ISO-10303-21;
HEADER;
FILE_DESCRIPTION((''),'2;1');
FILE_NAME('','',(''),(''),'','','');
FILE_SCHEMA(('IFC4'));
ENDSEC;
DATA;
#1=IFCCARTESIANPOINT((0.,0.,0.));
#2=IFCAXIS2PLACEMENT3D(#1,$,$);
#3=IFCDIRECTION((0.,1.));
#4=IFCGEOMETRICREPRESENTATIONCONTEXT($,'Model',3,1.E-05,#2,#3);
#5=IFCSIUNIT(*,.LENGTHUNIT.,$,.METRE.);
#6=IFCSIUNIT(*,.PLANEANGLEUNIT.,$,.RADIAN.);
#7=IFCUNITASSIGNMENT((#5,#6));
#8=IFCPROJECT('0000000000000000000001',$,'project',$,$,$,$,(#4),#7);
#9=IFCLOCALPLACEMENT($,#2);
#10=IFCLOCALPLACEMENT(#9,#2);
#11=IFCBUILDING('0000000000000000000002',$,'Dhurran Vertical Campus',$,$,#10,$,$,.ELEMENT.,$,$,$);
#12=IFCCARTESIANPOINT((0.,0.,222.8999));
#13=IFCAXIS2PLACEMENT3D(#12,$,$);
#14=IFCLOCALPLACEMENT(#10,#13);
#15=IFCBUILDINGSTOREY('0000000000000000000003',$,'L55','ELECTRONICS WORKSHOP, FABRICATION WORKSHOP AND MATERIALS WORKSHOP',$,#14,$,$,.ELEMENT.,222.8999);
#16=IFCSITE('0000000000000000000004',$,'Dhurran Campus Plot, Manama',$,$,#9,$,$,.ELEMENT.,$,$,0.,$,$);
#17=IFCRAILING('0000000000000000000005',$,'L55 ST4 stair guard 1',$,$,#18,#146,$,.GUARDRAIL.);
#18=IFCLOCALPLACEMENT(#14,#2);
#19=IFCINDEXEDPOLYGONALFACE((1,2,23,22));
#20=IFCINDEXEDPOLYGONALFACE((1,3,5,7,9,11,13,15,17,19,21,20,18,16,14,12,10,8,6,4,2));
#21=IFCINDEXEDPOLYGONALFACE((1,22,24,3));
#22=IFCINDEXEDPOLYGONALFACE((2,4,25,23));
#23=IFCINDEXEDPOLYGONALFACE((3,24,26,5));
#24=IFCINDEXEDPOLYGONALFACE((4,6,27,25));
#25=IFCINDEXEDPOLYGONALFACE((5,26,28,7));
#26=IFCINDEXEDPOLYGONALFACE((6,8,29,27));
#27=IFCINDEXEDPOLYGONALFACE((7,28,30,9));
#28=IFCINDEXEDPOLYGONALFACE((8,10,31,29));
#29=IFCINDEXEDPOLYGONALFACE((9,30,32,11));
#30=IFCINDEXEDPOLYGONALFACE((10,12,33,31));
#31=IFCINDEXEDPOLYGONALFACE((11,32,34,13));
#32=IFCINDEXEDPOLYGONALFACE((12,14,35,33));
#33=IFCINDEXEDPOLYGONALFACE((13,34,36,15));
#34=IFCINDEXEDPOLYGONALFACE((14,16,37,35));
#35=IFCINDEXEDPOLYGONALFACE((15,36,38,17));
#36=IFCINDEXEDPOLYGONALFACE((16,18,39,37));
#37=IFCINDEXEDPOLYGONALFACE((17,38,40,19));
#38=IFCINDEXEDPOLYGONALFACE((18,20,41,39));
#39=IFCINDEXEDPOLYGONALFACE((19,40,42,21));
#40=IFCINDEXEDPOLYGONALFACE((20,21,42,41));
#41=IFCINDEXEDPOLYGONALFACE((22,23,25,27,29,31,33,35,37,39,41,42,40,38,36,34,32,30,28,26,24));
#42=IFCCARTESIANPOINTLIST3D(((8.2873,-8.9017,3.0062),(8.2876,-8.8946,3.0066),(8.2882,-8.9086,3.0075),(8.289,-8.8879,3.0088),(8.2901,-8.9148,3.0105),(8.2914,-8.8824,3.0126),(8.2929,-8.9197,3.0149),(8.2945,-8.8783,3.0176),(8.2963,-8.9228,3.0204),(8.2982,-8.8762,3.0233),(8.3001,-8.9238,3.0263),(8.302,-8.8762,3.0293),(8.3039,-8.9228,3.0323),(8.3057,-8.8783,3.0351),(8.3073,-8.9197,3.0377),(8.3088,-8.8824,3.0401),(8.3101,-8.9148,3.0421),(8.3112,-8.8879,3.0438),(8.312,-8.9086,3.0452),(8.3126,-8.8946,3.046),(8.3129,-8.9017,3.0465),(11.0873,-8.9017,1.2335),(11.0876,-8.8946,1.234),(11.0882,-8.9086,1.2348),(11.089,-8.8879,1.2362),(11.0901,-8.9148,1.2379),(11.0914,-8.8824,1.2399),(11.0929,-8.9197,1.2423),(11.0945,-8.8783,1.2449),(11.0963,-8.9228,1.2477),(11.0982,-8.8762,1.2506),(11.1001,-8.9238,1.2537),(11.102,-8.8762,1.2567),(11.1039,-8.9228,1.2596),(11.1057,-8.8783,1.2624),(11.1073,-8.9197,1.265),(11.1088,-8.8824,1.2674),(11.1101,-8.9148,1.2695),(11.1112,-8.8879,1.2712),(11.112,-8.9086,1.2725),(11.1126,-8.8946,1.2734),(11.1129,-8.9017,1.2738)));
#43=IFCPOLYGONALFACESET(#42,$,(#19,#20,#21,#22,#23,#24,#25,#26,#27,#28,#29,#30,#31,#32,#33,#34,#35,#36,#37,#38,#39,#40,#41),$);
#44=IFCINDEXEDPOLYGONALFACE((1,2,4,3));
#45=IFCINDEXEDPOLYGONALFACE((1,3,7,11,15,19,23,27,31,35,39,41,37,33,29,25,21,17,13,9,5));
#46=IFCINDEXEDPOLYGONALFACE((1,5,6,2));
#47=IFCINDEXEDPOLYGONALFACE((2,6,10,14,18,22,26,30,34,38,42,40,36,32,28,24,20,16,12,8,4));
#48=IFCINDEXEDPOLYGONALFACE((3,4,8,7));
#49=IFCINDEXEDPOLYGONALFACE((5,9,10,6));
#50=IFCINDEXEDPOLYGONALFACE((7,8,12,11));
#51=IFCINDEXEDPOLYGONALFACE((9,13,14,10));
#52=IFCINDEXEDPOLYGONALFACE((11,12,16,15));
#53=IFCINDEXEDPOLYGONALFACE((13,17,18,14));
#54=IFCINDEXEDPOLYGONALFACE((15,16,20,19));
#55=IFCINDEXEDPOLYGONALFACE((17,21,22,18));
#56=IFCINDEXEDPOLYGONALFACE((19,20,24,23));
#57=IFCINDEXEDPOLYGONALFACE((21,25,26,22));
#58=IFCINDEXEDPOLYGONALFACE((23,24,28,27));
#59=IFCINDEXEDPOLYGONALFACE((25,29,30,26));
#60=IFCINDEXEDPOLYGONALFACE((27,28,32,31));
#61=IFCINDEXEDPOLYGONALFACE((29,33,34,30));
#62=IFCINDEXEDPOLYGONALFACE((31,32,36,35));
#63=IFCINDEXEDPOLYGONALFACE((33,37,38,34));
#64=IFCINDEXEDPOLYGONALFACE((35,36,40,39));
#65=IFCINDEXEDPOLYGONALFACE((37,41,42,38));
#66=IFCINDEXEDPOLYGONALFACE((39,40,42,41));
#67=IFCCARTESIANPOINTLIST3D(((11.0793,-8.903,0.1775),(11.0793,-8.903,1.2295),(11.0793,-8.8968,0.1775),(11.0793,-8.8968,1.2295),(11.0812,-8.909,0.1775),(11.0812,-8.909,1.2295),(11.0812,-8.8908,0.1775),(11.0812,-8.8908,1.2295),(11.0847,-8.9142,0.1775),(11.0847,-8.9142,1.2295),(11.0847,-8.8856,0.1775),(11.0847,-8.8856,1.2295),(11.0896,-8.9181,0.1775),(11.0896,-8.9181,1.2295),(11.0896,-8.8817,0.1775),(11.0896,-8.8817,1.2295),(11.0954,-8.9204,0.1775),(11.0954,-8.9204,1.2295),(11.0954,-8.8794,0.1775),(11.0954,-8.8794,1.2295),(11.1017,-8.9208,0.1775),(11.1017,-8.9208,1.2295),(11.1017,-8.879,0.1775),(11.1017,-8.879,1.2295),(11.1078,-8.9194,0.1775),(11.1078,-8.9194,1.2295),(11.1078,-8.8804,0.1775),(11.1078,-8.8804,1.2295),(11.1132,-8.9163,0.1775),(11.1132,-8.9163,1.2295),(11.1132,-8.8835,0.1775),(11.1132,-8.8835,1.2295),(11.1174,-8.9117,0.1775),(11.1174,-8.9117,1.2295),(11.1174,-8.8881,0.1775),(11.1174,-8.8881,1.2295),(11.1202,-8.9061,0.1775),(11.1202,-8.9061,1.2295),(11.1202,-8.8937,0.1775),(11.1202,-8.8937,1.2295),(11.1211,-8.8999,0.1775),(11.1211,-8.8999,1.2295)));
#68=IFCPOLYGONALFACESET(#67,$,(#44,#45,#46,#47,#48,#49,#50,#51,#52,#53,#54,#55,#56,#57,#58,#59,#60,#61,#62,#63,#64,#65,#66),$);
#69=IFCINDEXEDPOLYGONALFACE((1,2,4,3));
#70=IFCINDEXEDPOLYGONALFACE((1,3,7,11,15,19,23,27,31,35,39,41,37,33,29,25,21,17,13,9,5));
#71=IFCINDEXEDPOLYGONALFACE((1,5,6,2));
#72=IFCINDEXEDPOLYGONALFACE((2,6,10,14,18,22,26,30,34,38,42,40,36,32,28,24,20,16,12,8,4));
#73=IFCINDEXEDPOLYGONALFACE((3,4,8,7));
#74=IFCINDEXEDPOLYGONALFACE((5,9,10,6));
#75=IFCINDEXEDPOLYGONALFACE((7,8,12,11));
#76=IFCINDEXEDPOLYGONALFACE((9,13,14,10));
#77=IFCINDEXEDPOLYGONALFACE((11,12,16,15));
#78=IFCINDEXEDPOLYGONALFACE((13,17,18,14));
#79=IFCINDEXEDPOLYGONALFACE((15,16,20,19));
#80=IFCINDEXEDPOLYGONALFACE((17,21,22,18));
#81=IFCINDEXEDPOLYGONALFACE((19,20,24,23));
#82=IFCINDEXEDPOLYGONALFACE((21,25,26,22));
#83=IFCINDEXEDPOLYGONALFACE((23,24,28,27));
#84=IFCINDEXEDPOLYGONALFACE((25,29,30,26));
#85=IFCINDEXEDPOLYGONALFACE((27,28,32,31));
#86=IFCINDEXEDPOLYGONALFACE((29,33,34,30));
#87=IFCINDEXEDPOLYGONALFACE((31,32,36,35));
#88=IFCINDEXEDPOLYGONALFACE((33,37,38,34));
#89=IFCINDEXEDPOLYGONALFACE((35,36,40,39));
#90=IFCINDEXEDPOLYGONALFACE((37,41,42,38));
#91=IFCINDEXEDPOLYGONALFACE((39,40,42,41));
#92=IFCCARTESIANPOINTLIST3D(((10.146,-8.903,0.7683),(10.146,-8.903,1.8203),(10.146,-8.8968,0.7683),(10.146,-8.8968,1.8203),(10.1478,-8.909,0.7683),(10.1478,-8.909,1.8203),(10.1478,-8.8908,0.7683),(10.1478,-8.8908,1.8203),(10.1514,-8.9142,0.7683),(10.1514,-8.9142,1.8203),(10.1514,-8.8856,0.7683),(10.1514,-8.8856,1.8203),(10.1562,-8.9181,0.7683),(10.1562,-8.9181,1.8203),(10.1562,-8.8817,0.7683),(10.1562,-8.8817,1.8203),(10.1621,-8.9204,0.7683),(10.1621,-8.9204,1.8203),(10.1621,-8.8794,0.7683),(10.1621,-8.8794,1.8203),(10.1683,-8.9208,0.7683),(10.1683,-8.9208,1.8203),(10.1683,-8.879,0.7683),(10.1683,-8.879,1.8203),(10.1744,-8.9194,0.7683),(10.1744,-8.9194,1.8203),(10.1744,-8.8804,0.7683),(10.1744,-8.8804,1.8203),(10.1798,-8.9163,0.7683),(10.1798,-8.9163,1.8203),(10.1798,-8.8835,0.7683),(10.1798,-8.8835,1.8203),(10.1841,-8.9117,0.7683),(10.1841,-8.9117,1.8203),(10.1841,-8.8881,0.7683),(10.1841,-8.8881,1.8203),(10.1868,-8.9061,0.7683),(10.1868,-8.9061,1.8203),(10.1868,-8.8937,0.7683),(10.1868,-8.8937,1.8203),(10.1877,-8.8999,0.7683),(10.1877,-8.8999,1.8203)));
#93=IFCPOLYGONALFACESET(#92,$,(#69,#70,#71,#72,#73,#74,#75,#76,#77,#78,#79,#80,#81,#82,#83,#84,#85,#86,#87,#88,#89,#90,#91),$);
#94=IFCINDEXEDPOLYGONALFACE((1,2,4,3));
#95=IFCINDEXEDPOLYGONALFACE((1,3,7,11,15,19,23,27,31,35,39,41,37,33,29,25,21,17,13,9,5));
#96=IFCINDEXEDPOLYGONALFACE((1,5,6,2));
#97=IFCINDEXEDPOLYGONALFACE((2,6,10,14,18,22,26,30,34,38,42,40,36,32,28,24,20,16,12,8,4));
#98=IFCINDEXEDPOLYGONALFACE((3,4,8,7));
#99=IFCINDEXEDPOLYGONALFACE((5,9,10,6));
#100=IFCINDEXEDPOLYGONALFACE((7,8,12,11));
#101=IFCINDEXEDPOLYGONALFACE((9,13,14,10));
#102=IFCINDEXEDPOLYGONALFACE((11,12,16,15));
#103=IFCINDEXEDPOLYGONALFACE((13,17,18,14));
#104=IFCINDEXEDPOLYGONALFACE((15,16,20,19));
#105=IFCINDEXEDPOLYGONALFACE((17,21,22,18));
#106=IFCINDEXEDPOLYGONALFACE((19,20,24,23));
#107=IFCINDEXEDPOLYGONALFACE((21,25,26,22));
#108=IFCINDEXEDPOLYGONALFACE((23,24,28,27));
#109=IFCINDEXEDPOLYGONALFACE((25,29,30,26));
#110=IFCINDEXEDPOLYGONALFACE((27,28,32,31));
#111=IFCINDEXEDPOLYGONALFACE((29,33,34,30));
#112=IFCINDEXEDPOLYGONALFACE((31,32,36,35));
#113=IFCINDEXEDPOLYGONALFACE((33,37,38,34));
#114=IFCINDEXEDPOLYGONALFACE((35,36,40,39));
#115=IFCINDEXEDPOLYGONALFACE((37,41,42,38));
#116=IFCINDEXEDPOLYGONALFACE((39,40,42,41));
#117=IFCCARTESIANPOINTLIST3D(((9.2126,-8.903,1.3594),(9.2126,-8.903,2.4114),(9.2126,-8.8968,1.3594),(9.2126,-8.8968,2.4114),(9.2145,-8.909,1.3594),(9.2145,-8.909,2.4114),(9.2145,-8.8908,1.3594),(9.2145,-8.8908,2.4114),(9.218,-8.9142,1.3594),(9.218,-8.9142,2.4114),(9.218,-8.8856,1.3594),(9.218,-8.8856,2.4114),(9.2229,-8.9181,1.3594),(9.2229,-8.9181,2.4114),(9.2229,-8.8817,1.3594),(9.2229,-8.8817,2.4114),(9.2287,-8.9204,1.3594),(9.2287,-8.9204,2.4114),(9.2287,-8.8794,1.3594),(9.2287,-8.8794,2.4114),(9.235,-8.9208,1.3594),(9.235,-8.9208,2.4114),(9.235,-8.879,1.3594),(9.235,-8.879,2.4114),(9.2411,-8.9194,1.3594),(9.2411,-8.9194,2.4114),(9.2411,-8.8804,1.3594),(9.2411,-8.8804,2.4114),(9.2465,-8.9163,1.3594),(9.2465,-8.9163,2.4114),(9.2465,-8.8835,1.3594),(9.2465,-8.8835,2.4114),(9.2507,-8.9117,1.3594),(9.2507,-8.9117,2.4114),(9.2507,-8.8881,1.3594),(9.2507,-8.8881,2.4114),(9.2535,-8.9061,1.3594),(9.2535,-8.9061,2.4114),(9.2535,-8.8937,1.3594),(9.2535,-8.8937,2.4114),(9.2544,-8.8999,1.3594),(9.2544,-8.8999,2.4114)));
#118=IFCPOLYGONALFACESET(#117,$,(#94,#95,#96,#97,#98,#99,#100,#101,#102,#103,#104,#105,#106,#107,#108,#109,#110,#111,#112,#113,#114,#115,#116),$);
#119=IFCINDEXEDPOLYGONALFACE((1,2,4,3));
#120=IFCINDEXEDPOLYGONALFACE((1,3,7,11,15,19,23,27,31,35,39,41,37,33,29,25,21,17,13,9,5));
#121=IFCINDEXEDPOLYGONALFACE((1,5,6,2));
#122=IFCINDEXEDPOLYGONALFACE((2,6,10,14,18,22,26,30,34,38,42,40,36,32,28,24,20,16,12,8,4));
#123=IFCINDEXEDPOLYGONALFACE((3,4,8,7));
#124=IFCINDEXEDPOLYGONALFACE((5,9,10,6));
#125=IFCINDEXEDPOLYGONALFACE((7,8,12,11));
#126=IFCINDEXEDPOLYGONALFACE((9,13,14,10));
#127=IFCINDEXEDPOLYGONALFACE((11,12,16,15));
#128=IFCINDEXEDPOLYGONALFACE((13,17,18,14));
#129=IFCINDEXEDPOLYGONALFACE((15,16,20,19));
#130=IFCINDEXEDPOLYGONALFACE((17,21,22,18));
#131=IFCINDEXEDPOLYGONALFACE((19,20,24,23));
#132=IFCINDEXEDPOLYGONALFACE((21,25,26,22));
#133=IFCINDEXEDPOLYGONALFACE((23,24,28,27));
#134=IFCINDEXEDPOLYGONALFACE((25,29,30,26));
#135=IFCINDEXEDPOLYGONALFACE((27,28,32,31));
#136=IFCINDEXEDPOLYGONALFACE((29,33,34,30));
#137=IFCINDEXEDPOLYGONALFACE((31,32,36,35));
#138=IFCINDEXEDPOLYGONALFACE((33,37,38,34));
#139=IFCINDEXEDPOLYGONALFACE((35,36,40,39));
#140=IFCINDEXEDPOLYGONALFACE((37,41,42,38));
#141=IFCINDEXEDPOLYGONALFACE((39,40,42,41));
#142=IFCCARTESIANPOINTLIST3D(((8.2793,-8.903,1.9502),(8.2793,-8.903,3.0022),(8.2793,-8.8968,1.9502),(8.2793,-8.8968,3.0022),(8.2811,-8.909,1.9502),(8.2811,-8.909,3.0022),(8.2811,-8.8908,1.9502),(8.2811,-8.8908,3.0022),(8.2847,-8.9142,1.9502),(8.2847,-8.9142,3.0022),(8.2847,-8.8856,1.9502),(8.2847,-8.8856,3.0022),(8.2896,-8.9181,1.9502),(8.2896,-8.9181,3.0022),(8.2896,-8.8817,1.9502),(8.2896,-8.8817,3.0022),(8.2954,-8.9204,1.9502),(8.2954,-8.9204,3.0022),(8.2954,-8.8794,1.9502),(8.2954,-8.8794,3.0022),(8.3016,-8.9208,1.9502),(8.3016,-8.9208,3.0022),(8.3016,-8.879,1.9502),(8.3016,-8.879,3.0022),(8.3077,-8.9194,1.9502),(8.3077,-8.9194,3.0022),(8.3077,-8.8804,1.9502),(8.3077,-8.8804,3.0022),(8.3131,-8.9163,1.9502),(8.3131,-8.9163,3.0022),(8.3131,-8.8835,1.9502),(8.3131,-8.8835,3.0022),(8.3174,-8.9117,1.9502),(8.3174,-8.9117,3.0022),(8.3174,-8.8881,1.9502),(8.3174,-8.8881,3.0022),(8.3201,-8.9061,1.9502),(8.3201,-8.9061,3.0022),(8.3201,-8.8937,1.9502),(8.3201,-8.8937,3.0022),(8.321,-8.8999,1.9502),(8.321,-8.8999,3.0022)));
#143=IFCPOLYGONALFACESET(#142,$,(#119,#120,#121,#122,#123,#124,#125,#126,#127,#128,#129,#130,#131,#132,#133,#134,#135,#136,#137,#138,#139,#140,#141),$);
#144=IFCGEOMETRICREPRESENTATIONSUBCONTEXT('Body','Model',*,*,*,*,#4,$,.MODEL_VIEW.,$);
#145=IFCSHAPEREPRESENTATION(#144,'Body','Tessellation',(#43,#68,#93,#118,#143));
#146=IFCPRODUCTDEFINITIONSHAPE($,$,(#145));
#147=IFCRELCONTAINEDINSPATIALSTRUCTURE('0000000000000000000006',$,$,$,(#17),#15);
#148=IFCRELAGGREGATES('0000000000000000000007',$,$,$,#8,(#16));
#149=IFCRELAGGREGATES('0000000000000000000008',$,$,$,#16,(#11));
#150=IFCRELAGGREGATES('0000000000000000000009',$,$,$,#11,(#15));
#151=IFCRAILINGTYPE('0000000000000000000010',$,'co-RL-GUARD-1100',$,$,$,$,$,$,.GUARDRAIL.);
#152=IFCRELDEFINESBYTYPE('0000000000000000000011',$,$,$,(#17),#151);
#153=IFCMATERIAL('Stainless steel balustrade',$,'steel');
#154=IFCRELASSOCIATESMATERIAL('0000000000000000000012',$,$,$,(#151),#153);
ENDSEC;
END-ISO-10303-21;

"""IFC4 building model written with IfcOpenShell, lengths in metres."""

from ifc_helpers import new_model, si_unit, direction, frame, origin, origin_2d, place, context, subcontext, project, spatial, circle, extrude, material, type_object, element, save


model = new_model("IFC4")

# Units and contexts
model_context = context("Model", 3, precision=1e-05, world=origin(), true_north=direction((0.0, 1.0)))
body_context = subcontext(model_context, "Body", "Model", "MODEL_VIEW")
ifc_project = project(units=[si_unit("LENGTHUNIT", "METRE"), si_unit("PLANEANGLEUNIT", "RADIAN")], contexts=[model_context])

# Site, building, storey
site_placement = place(None, origin())
site = spatial("IfcSite", under=ifc_project, at=site_placement, Name="Dhurran Campus Plot, Manama", CompositionType="ELEMENT", RefElevation=0.0)
building_placement = place(site_placement, origin())
building = spatial("IfcBuilding", under=site, at=building_placement, Name="Dhurran Vertical Campus", CompositionType="ELEMENT")
storey_placement = place(building_placement, frame((0.0, 0.0, 222.8999)))
storey = spatial("IfcBuildingStorey", under=building, at=storey_placement, Name="L55", Description="ELECTRONICS WORKSHOP, FABRICATION WORKSHOP AND MATERIALS WORKSHOP", CompositionType="ELEMENT", Elevation=222.8999)

# Railing
ifc_material_1 = material(Name="Stainless steel balustrade", Category="steel")
railing_type_1 = type_object("IfcRailingType", Name="co-RL-GUARD-1100", PredefinedType="GUARDRAIL", material=ifc_material_1)
railing_1_placement = place(storey_placement, frame((11.1001, -8.8999, 0.1775)))
element("IfcRailing", 1, at=railing_1_placement, inside=storey, type_object=railing_type_1, Name="L55 ST4 stair guard 1", PredefinedType="GUARDRAIL", context=body_context, shape_type="SweptSolid", body=[
    extrude(circle(Radius=0.0239, at=origin_2d()), frame((0.0, 0.0, 1.0762), z_axis=(-0.844909, 0.0, 0.53491), x_axis=(0.0, -1.0, 0.0)), (0.0, 0.0, 1.0), 3.314),
    extrude(circle(Radius=0.021, at=origin_2d()), origin(), (0.0, 0.0, 1.0), 1.052),
    extrude(circle(Radius=0.021, at=origin_2d()), frame((-0.9333, 0.0, 0.5908)), (0.0, 0.0, 1.0), 1.052),
    extrude(circle(Radius=0.021, at=origin_2d()), frame((-1.8667, 0.0, 1.1819)), (0.0, 0.0, 1.0), 1.052),
    extrude(circle(Radius=0.021, at=origin_2d()), frame((-2.8, 0.0, 1.7727)), (0.0, 0.0, 1.0), 1.052),
])

save(model, "model.ifc")
